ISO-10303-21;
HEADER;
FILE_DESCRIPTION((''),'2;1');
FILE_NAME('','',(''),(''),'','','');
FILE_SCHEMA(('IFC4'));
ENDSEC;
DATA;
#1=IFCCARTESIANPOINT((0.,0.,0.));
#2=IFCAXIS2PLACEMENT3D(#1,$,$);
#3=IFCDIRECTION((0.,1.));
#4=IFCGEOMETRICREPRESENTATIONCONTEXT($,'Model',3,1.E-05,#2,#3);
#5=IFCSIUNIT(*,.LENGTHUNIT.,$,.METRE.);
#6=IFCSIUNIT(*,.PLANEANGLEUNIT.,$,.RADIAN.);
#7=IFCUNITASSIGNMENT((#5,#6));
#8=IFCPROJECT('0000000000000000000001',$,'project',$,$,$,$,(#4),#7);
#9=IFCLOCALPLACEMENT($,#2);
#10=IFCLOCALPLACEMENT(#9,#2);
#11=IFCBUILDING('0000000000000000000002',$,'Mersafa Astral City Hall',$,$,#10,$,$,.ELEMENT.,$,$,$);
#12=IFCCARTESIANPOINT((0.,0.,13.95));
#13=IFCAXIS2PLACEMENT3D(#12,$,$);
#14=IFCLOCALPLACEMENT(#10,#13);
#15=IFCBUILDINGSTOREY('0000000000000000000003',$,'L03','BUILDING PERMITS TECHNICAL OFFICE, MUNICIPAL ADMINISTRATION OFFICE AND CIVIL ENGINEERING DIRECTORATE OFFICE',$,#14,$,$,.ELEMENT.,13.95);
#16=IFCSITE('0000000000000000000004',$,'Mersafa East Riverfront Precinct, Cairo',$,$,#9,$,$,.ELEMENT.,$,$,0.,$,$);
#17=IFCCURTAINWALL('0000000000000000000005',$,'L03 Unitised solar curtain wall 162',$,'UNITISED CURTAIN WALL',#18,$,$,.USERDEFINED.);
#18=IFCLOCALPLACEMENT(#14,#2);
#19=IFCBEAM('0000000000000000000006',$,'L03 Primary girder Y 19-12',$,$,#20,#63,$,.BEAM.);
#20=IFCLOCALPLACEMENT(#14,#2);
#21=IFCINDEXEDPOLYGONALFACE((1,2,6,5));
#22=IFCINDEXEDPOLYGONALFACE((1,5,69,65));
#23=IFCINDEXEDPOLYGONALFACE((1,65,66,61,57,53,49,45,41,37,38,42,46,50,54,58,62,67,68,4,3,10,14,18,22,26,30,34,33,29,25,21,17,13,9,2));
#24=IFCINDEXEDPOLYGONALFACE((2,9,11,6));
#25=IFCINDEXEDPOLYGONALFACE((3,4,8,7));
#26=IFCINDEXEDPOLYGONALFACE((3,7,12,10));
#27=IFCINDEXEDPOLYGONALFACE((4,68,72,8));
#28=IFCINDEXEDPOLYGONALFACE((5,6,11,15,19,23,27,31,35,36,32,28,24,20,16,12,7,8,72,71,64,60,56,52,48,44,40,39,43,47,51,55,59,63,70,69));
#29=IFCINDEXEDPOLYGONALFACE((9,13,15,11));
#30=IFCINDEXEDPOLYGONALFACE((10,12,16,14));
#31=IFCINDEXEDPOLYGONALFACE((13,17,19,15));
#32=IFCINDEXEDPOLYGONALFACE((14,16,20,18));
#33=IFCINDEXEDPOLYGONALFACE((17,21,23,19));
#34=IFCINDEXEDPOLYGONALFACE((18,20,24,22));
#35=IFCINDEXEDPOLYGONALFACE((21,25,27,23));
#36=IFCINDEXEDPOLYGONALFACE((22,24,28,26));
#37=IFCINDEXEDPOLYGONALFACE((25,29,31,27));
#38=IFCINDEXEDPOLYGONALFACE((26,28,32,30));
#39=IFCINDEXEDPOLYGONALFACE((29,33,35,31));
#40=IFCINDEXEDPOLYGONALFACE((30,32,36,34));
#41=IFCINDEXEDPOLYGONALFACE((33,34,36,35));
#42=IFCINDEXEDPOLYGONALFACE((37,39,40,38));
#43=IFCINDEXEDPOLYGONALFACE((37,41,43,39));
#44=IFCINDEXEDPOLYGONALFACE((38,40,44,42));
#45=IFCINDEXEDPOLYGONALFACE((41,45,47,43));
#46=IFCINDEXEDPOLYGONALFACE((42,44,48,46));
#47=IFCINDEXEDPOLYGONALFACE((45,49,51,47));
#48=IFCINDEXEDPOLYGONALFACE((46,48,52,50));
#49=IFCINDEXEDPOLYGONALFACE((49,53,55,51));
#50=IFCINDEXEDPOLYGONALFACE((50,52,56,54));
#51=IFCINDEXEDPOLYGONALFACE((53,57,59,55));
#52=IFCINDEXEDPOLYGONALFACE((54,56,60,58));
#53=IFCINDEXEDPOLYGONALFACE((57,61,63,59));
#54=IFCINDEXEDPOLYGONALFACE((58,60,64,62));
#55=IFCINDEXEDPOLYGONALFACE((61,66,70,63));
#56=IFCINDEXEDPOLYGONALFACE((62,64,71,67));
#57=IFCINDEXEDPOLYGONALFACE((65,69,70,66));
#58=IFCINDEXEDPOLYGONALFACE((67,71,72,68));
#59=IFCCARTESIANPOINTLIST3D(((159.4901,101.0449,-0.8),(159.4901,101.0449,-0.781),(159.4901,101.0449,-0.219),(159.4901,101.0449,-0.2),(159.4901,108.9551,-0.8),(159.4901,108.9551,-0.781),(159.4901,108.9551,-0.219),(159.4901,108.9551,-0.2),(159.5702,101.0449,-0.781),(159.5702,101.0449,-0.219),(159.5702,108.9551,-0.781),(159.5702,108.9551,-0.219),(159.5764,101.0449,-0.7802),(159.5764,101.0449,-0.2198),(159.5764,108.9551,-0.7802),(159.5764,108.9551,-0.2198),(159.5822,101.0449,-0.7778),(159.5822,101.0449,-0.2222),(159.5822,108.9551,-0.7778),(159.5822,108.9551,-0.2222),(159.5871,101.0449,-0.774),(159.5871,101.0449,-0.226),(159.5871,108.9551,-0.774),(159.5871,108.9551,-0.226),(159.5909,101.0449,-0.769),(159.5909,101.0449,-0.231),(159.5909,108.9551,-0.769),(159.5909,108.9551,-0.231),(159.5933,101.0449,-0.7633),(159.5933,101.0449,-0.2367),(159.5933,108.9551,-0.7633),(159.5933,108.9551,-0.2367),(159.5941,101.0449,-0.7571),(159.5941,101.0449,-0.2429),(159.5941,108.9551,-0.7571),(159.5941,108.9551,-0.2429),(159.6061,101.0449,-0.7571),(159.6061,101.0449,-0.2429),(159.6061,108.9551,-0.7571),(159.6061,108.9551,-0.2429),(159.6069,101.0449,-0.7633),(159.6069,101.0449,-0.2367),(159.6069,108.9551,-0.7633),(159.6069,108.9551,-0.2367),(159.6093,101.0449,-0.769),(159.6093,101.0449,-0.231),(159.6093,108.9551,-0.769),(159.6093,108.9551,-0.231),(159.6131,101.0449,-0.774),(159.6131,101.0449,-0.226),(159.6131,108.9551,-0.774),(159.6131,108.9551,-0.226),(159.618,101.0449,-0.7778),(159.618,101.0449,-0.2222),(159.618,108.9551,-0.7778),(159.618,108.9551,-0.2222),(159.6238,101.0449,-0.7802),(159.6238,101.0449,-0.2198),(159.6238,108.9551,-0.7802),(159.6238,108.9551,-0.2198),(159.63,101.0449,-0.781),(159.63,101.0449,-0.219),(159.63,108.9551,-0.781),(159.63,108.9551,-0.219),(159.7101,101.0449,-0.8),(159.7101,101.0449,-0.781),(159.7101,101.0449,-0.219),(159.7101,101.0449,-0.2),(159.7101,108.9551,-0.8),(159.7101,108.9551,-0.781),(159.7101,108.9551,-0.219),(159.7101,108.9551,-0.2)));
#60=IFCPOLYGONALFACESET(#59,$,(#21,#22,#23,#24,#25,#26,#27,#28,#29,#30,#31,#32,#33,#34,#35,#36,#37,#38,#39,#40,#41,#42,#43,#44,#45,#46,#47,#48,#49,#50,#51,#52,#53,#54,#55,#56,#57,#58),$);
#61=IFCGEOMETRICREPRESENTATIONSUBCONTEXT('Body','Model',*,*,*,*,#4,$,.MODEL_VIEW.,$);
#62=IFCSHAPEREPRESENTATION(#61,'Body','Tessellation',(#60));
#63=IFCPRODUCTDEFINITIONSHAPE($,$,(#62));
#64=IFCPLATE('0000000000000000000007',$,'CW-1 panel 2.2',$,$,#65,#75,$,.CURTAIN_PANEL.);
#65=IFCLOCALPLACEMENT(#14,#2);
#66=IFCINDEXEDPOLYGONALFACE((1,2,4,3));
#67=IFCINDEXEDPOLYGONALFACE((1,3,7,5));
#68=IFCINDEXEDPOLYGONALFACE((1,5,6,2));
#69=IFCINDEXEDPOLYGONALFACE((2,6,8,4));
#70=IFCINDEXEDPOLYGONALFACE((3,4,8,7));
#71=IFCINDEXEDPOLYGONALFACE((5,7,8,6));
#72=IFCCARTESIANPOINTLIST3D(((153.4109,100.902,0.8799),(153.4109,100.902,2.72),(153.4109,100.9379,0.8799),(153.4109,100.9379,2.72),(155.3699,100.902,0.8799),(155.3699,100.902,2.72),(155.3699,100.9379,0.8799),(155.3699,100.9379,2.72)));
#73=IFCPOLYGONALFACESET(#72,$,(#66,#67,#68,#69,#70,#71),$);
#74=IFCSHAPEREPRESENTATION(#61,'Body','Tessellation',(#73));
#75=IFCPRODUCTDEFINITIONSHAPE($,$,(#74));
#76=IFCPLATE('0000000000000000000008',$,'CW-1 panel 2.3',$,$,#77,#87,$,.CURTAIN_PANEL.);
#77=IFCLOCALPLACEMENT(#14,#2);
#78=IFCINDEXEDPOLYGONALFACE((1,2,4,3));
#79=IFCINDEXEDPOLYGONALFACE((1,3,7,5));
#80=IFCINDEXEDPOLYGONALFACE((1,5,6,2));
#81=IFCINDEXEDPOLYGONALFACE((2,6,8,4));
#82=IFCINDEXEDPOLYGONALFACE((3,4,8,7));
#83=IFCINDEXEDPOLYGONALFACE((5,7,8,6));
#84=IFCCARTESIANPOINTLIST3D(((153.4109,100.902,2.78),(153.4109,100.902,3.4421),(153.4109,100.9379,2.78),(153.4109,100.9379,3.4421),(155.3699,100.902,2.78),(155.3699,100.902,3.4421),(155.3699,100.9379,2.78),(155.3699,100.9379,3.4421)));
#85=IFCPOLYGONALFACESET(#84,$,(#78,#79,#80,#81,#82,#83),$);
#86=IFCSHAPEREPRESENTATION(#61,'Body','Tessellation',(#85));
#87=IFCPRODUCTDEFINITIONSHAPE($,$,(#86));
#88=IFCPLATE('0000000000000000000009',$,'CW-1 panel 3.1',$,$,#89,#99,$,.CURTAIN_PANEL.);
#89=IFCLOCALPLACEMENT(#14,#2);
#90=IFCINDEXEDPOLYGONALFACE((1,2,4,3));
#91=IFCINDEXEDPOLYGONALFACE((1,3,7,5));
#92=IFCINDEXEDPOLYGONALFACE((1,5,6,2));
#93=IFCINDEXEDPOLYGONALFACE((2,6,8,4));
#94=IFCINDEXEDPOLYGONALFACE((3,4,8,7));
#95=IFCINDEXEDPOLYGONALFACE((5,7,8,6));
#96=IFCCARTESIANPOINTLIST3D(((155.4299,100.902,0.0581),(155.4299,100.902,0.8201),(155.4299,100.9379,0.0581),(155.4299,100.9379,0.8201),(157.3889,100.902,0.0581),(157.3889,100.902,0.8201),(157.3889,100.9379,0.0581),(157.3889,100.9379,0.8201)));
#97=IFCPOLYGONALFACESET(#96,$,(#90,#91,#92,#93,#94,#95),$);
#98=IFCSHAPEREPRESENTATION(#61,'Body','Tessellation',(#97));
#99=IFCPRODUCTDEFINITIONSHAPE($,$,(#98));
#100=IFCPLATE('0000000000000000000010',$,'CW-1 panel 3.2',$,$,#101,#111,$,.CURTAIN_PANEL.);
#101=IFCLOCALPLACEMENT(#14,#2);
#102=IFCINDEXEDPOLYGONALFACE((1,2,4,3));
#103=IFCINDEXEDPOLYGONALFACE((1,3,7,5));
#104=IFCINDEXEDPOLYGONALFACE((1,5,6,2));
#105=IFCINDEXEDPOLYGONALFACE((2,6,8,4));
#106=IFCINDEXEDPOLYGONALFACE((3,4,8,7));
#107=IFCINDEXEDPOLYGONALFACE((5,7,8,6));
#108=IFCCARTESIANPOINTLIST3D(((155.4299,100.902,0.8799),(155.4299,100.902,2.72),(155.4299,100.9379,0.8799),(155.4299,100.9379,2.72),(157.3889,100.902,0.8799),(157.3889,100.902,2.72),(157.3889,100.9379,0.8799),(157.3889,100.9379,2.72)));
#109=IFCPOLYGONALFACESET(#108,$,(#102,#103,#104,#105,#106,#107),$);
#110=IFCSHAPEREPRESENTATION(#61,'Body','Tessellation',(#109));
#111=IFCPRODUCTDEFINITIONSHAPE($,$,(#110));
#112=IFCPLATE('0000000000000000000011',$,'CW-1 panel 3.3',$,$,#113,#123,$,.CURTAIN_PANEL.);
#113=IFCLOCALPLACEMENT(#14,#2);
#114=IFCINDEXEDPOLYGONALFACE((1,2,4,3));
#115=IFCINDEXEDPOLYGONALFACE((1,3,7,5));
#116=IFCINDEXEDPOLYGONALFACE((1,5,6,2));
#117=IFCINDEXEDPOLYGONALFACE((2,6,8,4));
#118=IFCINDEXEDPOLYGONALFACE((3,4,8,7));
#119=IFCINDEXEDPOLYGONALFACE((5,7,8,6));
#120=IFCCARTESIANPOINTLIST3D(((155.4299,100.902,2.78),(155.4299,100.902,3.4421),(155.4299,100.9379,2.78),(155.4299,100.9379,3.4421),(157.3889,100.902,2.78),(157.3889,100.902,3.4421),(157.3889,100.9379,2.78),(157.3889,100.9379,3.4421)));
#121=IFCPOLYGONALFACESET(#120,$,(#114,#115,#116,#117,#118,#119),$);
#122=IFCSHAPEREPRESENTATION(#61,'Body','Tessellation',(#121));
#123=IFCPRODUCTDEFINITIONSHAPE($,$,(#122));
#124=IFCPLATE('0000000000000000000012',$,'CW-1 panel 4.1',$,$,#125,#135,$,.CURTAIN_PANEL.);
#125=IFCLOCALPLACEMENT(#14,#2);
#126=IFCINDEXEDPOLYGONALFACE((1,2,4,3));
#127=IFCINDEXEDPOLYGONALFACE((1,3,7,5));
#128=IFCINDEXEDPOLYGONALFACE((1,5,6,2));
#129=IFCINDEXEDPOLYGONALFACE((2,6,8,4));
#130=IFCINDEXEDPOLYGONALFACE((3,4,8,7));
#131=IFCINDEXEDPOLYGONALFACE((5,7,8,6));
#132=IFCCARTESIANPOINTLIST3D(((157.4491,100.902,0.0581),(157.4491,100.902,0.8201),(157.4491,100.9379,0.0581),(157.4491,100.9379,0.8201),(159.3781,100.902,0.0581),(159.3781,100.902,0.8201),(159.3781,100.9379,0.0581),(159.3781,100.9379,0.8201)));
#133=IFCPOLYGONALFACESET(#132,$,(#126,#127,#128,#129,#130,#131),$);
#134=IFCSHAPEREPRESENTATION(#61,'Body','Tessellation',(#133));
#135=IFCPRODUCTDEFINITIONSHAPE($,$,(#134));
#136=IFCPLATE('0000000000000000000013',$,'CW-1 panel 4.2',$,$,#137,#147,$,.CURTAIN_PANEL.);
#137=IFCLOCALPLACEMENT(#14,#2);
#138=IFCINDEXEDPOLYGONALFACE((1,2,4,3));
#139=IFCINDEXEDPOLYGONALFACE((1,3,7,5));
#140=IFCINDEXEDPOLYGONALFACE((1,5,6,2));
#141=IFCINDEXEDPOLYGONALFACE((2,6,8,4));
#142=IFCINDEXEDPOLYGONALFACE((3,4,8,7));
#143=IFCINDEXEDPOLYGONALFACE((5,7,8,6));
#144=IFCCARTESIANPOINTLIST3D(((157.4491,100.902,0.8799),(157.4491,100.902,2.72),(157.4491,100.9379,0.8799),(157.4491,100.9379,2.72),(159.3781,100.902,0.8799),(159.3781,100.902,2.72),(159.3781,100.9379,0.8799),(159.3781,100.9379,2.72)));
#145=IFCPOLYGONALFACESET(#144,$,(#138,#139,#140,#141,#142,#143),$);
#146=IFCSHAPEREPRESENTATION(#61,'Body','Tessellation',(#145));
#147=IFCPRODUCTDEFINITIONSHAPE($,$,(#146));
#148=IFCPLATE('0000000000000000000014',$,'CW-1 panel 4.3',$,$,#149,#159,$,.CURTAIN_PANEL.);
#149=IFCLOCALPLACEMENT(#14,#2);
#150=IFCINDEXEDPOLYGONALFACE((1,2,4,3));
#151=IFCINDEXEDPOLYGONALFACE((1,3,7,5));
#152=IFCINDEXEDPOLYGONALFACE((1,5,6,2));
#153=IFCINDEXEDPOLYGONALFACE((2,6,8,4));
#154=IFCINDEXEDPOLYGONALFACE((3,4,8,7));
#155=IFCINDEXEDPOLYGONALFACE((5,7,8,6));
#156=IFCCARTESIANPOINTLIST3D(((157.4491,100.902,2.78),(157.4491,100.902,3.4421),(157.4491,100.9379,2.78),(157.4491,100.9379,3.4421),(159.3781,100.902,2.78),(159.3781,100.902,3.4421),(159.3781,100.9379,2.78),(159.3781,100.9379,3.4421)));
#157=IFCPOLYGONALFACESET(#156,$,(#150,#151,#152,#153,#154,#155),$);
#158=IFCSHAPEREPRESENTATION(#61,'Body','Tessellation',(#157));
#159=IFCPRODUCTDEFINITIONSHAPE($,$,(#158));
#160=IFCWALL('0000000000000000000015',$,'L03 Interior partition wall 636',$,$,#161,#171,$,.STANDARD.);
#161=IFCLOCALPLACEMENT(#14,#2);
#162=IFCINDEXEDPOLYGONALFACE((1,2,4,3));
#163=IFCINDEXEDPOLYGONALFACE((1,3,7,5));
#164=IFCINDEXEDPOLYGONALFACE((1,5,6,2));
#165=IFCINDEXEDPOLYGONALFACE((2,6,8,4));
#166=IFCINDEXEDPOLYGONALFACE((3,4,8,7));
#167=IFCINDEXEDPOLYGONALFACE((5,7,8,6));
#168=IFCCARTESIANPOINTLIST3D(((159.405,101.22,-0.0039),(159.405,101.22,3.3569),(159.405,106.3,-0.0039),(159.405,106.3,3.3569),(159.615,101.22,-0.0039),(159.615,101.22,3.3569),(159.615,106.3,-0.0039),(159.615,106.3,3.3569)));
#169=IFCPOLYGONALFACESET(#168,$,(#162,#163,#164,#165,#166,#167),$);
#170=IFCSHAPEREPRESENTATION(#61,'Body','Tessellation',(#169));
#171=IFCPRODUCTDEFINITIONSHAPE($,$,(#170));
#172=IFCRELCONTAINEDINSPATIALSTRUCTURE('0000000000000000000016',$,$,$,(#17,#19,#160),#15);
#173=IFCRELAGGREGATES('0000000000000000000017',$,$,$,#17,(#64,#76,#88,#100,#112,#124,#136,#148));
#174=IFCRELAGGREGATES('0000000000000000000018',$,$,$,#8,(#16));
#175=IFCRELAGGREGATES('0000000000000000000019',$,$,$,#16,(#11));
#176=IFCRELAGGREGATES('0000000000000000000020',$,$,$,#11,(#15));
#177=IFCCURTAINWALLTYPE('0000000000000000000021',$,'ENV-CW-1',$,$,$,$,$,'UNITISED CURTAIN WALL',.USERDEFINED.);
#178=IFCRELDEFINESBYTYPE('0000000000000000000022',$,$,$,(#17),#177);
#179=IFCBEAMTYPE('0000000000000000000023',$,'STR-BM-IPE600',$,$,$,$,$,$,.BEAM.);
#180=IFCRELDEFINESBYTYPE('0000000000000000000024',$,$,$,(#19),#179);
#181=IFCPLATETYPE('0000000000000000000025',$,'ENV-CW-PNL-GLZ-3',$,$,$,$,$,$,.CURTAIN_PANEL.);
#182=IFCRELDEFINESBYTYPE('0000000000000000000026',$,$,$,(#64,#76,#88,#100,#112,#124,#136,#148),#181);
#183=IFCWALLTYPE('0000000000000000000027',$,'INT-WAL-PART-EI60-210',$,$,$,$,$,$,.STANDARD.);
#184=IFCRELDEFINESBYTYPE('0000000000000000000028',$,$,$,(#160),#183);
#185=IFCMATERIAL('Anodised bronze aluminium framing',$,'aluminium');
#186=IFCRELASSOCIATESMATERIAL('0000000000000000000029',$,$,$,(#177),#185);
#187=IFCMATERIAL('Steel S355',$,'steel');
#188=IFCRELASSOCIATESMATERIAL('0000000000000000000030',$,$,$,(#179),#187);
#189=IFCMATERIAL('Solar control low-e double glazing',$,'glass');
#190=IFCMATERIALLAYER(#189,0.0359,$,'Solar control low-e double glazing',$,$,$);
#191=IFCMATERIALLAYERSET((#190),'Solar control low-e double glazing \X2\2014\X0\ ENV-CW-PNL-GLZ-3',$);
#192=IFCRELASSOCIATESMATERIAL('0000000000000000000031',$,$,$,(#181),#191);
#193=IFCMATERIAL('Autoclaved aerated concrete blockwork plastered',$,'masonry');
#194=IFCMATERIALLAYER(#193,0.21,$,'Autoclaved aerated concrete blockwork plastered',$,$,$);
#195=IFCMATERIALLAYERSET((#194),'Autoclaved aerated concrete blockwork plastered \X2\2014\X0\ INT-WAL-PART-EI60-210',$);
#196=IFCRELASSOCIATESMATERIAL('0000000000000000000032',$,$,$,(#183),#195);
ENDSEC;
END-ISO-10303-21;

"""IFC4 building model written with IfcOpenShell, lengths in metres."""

from ifc_helpers import new_model, si_unit, direction, frame, frame_2d, origin, origin_2d, place, context, subcontext, project, spatial, rectangle, i_section, extrude, material, layer, layer_set, material_profile, profile_set, type_object, element, aggregate, save


model = new_model("IFC4")

# Units and contexts
model_context = context("Model", 3, precision=1e-05, world=origin(), true_north=direction((0.0, 1.0)))
body_context = subcontext(model_context, "Body", "Model", "MODEL_VIEW")
ifc_project = project(units=[si_unit("LENGTHUNIT", "METRE"), si_unit("PLANEANGLEUNIT", "RADIAN")], contexts=[model_context])

# Site, building, storey
site_placement = place(None, origin())
site = spatial("IfcSite", under=ifc_project, at=site_placement, Name="Mersafa East Riverfront Precinct, Cairo", CompositionType="ELEMENT", RefElevation=0.0)
building_placement = place(site_placement, origin())
building = spatial("IfcBuilding", under=site, at=building_placement, Name="Mersafa Astral City Hall", CompositionType="ELEMENT")
storey_placement = place(building_placement, frame((0.0, 0.0, 13.95)))
storey = spatial("IfcBuildingStorey", under=building, at=storey_placement, Name="L03", Description="BUILDING PERMITS TECHNICAL OFFICE, MUNICIPAL ADMINISTRATION OFFICE AND CIVIL ENGINEERING DIRECTORATE OFFICE", CompositionType="ELEMENT", Elevation=13.95)

# Curtain wall
ifc_material_1 = material(Name="Anodised bronze aluminium framing", Category="aluminium")
curtain_wall_type = type_object("IfcCurtainWallType", Name="ENV-CW-1", ElementType="UNITISED CURTAIN WALL", PredefinedType="USERDEFINED", material=ifc_material_1)
curtain_wall_placement = place(storey_placement, origin())
curtain_wall = element("IfcCurtainWall", 1, at=curtain_wall_placement, inside=storey, type_object=curtain_wall_type, Name="L03 Unitised solar curtain wall 162", ObjectType="UNITISED CURTAIN WALL", PredefinedType="USERDEFINED")

# Beam
ifc_material_2 = material(Name="Steel S355", Category="steel")
ifc_material_profile_1 = material_profile(ifc_material_2, i_section(OverallWidth=0.22, OverallDepth=0.6001, WebThickness=0.012, FlangeThickness=0.019, FilletRadius=0.0239, at=origin_2d()), Name="IPE 600")
ifc_profile_set_1 = profile_set([ifc_material_profile_1], Name="Steel S355")
beam_type = type_object("IfcBeamType", Name="STR-BM-IPE600", PredefinedType="BEAM", material=ifc_profile_set_1)
beam_placement = place(storey_placement, frame((159.6001, 101.0449, -0.5), z_axis=(0.0, 1.0, 0.0), x_axis=(-1.0, 0.0, 0.0)))
element("IfcBeam", 2, at=beam_placement, inside=storey, type_object=beam_type, Name="L03 Primary girder Y 19-12", PredefinedType="BEAM", context=body_context, shape_type="SweptSolid", body=[
    extrude(i_section(OverallWidth=0.22, OverallDepth=0.6001, WebThickness=0.012, FlangeThickness=0.019, FilletRadius=0.0239, at=origin_2d()), origin(), (0.0, 0.0, 1.0), 7.9102),
])

# Plates
ifc_material_3 = material(Name="Solar control low-e double glazing", Category="glass")
ifc_layer_1 = layer(ifc_material_3, 0.0359, Name="Solar control low-e double glazing")
ifc_layer_set_1 = layer_set([ifc_layer_1], Name="Solar control low-e double glazing — ENV-CW-PNL-GLZ-3")
plate_type = type_object("IfcPlateType", Name="ENV-CW-PNL-GLZ-3", PredefinedType="CURTAIN_PANEL", material=ifc_layer_set_1)
plate_1_placement = place(storey_placement, frame((154.3904, 100.9199, 0.8799), z_axis=(0.0, 0.0, 1.0), x_axis=(1.0, 0.0, 0.0)))
plate_1 = element("IfcPlate", 3, at=plate_1_placement, type_object=plate_type, Name="CW-1 panel 2.2", PredefinedType="CURTAIN_PANEL", context=body_context, shape_type="SweptSolid", body=[
    extrude(rectangle(XDim=1.959, YDim=0.0359, at=origin_2d()), origin(), (0.0, 0.0, 1.0), 1.8401),
])
plate_2_placement = place(storey_placement, frame((154.3904, 100.9199, 2.78), z_axis=(0.0, 0.0, 1.0), x_axis=(1.0, 0.0, 0.0)))
plate_2 = element("IfcPlate", 4, at=plate_2_placement, type_object=plate_type, Name="CW-1 panel 2.3", PredefinedType="CURTAIN_PANEL", context=body_context, shape_type="SweptSolid", body=[
    extrude(rectangle(XDim=1.959, YDim=0.0359, at=origin_2d()), origin(), (0.0, 0.0, 1.0), 0.6621),
])
plate_3_placement = place(storey_placement, frame((156.4094, 100.9199, 0.0581), z_axis=(0.0, 0.0, 1.0), x_axis=(1.0, 0.0, 0.0)))
plate_3 = element("IfcPlate", 5, at=plate_3_placement, type_object=plate_type, Name="CW-1 panel 3.1", PredefinedType="CURTAIN_PANEL", context=body_context, shape_type="SweptSolid", body=[
    extrude(rectangle(XDim=1.959, YDim=0.0359, at=origin_2d()), origin(), (0.0, 0.0, 1.0), 0.762),
])
plate_4_placement = place(storey_placement, frame((156.4094, 100.9199, 0.8799), z_axis=(0.0, 0.0, 1.0), x_axis=(1.0, 0.0, 0.0)))
plate_4 = element("IfcPlate", 6, at=plate_4_placement, type_object=plate_type, Name="CW-1 panel 3.2", PredefinedType="CURTAIN_PANEL", context=body_context, shape_type="SweptSolid", body=[
    extrude(rectangle(XDim=1.959, YDim=0.0359, at=origin_2d()), origin(), (0.0, 0.0, 1.0), 1.8401),
])
plate_5_placement = place(storey_placement, frame((156.4094, 100.9199, 2.78), z_axis=(0.0, 0.0, 1.0), x_axis=(1.0, 0.0, 0.0)))
plate_5 = element("IfcPlate", 7, at=plate_5_placement, type_object=plate_type, Name="CW-1 panel 3.3", PredefinedType="CURTAIN_PANEL", context=body_context, shape_type="SweptSolid", body=[
    extrude(rectangle(XDim=1.959, YDim=0.0359, at=origin_2d()), origin(), (0.0, 0.0, 1.0), 0.6621),
])
plate_6_placement = place(storey_placement, frame((158.4136, 100.9199, 0.0581), z_axis=(0.0, 0.0, 1.0), x_axis=(1.0, 0.0, 0.0)))
plate_6 = element("IfcPlate", 8, at=plate_6_placement, type_object=plate_type, Name="CW-1 panel 4.1", PredefinedType="CURTAIN_PANEL", context=body_context, shape_type="SweptSolid", body=[
    extrude(rectangle(XDim=1.929, YDim=0.0359, at=origin_2d()), origin(), (0.0, 0.0, 1.0), 0.762),
])
plate_7_placement = place(storey_placement, frame((158.4136, 100.9199, 0.8799), z_axis=(0.0, 0.0, 1.0), x_axis=(1.0, 0.0, 0.0)))
plate_7 = element("IfcPlate", 9, at=plate_7_placement, type_object=plate_type, Name="CW-1 panel 4.2", PredefinedType="CURTAIN_PANEL", context=body_context, shape_type="SweptSolid", body=[
    extrude(rectangle(XDim=1.929, YDim=0.0359, at=origin_2d()), origin(), (0.0, 0.0, 1.0), 1.8401),
])
plate_8_placement = place(storey_placement, frame((158.4136, 100.9199, 2.78), z_axis=(0.0, 0.0, 1.0), x_axis=(1.0, 0.0, 0.0)))
plate_8 = element("IfcPlate", 10, at=plate_8_placement, type_object=plate_type, Name="CW-1 panel 4.3", PredefinedType="CURTAIN_PANEL", context=body_context, shape_type="SweptSolid", body=[
    extrude(rectangle(XDim=1.929, YDim=0.0359, at=origin_2d()), origin(), (0.0, 0.0, 1.0), 0.6621),
])
aggregate(curtain_wall, [plate_1, plate_2, plate_3, plate_4, plate_5, plate_6, plate_7, plate_8])

# Wall
ifc_material_4 = material(Name="Autoclaved aerated concrete blockwork plastered", Category="masonry")
ifc_layer_2 = layer(ifc_material_4, 0.21, Name="Autoclaved aerated concrete blockwork plastered")
ifc_layer_set_2 = layer_set([ifc_layer_2], Name="Autoclaved aerated concrete blockwork plastered — INT-WAL-PART-EI60-210")
wall_type = type_object("IfcWallType", Name="INT-WAL-PART-EI60-210", PredefinedType="STANDARD", material=ifc_layer_set_2)
wall_placement = place(storey_placement, frame((159.51, 106.3, -0.0039), z_axis=(0.0, 0.0, 1.0), x_axis=(0.0, -1.0, 0.0)))
element("IfcWall", 11, at=wall_placement, inside=storey, type_object=wall_type, Name="L03 Interior partition wall 636", PredefinedType="STANDARD", context=body_context, shape_type="SweptSolid", body=[
    extrude(rectangle(XDim=5.0801, YDim=0.21, at=frame_2d((2.54, 0.0))), origin(), (0.0, 0.0, 1.0), 3.3608),
])

save(model, "model.ifc")
